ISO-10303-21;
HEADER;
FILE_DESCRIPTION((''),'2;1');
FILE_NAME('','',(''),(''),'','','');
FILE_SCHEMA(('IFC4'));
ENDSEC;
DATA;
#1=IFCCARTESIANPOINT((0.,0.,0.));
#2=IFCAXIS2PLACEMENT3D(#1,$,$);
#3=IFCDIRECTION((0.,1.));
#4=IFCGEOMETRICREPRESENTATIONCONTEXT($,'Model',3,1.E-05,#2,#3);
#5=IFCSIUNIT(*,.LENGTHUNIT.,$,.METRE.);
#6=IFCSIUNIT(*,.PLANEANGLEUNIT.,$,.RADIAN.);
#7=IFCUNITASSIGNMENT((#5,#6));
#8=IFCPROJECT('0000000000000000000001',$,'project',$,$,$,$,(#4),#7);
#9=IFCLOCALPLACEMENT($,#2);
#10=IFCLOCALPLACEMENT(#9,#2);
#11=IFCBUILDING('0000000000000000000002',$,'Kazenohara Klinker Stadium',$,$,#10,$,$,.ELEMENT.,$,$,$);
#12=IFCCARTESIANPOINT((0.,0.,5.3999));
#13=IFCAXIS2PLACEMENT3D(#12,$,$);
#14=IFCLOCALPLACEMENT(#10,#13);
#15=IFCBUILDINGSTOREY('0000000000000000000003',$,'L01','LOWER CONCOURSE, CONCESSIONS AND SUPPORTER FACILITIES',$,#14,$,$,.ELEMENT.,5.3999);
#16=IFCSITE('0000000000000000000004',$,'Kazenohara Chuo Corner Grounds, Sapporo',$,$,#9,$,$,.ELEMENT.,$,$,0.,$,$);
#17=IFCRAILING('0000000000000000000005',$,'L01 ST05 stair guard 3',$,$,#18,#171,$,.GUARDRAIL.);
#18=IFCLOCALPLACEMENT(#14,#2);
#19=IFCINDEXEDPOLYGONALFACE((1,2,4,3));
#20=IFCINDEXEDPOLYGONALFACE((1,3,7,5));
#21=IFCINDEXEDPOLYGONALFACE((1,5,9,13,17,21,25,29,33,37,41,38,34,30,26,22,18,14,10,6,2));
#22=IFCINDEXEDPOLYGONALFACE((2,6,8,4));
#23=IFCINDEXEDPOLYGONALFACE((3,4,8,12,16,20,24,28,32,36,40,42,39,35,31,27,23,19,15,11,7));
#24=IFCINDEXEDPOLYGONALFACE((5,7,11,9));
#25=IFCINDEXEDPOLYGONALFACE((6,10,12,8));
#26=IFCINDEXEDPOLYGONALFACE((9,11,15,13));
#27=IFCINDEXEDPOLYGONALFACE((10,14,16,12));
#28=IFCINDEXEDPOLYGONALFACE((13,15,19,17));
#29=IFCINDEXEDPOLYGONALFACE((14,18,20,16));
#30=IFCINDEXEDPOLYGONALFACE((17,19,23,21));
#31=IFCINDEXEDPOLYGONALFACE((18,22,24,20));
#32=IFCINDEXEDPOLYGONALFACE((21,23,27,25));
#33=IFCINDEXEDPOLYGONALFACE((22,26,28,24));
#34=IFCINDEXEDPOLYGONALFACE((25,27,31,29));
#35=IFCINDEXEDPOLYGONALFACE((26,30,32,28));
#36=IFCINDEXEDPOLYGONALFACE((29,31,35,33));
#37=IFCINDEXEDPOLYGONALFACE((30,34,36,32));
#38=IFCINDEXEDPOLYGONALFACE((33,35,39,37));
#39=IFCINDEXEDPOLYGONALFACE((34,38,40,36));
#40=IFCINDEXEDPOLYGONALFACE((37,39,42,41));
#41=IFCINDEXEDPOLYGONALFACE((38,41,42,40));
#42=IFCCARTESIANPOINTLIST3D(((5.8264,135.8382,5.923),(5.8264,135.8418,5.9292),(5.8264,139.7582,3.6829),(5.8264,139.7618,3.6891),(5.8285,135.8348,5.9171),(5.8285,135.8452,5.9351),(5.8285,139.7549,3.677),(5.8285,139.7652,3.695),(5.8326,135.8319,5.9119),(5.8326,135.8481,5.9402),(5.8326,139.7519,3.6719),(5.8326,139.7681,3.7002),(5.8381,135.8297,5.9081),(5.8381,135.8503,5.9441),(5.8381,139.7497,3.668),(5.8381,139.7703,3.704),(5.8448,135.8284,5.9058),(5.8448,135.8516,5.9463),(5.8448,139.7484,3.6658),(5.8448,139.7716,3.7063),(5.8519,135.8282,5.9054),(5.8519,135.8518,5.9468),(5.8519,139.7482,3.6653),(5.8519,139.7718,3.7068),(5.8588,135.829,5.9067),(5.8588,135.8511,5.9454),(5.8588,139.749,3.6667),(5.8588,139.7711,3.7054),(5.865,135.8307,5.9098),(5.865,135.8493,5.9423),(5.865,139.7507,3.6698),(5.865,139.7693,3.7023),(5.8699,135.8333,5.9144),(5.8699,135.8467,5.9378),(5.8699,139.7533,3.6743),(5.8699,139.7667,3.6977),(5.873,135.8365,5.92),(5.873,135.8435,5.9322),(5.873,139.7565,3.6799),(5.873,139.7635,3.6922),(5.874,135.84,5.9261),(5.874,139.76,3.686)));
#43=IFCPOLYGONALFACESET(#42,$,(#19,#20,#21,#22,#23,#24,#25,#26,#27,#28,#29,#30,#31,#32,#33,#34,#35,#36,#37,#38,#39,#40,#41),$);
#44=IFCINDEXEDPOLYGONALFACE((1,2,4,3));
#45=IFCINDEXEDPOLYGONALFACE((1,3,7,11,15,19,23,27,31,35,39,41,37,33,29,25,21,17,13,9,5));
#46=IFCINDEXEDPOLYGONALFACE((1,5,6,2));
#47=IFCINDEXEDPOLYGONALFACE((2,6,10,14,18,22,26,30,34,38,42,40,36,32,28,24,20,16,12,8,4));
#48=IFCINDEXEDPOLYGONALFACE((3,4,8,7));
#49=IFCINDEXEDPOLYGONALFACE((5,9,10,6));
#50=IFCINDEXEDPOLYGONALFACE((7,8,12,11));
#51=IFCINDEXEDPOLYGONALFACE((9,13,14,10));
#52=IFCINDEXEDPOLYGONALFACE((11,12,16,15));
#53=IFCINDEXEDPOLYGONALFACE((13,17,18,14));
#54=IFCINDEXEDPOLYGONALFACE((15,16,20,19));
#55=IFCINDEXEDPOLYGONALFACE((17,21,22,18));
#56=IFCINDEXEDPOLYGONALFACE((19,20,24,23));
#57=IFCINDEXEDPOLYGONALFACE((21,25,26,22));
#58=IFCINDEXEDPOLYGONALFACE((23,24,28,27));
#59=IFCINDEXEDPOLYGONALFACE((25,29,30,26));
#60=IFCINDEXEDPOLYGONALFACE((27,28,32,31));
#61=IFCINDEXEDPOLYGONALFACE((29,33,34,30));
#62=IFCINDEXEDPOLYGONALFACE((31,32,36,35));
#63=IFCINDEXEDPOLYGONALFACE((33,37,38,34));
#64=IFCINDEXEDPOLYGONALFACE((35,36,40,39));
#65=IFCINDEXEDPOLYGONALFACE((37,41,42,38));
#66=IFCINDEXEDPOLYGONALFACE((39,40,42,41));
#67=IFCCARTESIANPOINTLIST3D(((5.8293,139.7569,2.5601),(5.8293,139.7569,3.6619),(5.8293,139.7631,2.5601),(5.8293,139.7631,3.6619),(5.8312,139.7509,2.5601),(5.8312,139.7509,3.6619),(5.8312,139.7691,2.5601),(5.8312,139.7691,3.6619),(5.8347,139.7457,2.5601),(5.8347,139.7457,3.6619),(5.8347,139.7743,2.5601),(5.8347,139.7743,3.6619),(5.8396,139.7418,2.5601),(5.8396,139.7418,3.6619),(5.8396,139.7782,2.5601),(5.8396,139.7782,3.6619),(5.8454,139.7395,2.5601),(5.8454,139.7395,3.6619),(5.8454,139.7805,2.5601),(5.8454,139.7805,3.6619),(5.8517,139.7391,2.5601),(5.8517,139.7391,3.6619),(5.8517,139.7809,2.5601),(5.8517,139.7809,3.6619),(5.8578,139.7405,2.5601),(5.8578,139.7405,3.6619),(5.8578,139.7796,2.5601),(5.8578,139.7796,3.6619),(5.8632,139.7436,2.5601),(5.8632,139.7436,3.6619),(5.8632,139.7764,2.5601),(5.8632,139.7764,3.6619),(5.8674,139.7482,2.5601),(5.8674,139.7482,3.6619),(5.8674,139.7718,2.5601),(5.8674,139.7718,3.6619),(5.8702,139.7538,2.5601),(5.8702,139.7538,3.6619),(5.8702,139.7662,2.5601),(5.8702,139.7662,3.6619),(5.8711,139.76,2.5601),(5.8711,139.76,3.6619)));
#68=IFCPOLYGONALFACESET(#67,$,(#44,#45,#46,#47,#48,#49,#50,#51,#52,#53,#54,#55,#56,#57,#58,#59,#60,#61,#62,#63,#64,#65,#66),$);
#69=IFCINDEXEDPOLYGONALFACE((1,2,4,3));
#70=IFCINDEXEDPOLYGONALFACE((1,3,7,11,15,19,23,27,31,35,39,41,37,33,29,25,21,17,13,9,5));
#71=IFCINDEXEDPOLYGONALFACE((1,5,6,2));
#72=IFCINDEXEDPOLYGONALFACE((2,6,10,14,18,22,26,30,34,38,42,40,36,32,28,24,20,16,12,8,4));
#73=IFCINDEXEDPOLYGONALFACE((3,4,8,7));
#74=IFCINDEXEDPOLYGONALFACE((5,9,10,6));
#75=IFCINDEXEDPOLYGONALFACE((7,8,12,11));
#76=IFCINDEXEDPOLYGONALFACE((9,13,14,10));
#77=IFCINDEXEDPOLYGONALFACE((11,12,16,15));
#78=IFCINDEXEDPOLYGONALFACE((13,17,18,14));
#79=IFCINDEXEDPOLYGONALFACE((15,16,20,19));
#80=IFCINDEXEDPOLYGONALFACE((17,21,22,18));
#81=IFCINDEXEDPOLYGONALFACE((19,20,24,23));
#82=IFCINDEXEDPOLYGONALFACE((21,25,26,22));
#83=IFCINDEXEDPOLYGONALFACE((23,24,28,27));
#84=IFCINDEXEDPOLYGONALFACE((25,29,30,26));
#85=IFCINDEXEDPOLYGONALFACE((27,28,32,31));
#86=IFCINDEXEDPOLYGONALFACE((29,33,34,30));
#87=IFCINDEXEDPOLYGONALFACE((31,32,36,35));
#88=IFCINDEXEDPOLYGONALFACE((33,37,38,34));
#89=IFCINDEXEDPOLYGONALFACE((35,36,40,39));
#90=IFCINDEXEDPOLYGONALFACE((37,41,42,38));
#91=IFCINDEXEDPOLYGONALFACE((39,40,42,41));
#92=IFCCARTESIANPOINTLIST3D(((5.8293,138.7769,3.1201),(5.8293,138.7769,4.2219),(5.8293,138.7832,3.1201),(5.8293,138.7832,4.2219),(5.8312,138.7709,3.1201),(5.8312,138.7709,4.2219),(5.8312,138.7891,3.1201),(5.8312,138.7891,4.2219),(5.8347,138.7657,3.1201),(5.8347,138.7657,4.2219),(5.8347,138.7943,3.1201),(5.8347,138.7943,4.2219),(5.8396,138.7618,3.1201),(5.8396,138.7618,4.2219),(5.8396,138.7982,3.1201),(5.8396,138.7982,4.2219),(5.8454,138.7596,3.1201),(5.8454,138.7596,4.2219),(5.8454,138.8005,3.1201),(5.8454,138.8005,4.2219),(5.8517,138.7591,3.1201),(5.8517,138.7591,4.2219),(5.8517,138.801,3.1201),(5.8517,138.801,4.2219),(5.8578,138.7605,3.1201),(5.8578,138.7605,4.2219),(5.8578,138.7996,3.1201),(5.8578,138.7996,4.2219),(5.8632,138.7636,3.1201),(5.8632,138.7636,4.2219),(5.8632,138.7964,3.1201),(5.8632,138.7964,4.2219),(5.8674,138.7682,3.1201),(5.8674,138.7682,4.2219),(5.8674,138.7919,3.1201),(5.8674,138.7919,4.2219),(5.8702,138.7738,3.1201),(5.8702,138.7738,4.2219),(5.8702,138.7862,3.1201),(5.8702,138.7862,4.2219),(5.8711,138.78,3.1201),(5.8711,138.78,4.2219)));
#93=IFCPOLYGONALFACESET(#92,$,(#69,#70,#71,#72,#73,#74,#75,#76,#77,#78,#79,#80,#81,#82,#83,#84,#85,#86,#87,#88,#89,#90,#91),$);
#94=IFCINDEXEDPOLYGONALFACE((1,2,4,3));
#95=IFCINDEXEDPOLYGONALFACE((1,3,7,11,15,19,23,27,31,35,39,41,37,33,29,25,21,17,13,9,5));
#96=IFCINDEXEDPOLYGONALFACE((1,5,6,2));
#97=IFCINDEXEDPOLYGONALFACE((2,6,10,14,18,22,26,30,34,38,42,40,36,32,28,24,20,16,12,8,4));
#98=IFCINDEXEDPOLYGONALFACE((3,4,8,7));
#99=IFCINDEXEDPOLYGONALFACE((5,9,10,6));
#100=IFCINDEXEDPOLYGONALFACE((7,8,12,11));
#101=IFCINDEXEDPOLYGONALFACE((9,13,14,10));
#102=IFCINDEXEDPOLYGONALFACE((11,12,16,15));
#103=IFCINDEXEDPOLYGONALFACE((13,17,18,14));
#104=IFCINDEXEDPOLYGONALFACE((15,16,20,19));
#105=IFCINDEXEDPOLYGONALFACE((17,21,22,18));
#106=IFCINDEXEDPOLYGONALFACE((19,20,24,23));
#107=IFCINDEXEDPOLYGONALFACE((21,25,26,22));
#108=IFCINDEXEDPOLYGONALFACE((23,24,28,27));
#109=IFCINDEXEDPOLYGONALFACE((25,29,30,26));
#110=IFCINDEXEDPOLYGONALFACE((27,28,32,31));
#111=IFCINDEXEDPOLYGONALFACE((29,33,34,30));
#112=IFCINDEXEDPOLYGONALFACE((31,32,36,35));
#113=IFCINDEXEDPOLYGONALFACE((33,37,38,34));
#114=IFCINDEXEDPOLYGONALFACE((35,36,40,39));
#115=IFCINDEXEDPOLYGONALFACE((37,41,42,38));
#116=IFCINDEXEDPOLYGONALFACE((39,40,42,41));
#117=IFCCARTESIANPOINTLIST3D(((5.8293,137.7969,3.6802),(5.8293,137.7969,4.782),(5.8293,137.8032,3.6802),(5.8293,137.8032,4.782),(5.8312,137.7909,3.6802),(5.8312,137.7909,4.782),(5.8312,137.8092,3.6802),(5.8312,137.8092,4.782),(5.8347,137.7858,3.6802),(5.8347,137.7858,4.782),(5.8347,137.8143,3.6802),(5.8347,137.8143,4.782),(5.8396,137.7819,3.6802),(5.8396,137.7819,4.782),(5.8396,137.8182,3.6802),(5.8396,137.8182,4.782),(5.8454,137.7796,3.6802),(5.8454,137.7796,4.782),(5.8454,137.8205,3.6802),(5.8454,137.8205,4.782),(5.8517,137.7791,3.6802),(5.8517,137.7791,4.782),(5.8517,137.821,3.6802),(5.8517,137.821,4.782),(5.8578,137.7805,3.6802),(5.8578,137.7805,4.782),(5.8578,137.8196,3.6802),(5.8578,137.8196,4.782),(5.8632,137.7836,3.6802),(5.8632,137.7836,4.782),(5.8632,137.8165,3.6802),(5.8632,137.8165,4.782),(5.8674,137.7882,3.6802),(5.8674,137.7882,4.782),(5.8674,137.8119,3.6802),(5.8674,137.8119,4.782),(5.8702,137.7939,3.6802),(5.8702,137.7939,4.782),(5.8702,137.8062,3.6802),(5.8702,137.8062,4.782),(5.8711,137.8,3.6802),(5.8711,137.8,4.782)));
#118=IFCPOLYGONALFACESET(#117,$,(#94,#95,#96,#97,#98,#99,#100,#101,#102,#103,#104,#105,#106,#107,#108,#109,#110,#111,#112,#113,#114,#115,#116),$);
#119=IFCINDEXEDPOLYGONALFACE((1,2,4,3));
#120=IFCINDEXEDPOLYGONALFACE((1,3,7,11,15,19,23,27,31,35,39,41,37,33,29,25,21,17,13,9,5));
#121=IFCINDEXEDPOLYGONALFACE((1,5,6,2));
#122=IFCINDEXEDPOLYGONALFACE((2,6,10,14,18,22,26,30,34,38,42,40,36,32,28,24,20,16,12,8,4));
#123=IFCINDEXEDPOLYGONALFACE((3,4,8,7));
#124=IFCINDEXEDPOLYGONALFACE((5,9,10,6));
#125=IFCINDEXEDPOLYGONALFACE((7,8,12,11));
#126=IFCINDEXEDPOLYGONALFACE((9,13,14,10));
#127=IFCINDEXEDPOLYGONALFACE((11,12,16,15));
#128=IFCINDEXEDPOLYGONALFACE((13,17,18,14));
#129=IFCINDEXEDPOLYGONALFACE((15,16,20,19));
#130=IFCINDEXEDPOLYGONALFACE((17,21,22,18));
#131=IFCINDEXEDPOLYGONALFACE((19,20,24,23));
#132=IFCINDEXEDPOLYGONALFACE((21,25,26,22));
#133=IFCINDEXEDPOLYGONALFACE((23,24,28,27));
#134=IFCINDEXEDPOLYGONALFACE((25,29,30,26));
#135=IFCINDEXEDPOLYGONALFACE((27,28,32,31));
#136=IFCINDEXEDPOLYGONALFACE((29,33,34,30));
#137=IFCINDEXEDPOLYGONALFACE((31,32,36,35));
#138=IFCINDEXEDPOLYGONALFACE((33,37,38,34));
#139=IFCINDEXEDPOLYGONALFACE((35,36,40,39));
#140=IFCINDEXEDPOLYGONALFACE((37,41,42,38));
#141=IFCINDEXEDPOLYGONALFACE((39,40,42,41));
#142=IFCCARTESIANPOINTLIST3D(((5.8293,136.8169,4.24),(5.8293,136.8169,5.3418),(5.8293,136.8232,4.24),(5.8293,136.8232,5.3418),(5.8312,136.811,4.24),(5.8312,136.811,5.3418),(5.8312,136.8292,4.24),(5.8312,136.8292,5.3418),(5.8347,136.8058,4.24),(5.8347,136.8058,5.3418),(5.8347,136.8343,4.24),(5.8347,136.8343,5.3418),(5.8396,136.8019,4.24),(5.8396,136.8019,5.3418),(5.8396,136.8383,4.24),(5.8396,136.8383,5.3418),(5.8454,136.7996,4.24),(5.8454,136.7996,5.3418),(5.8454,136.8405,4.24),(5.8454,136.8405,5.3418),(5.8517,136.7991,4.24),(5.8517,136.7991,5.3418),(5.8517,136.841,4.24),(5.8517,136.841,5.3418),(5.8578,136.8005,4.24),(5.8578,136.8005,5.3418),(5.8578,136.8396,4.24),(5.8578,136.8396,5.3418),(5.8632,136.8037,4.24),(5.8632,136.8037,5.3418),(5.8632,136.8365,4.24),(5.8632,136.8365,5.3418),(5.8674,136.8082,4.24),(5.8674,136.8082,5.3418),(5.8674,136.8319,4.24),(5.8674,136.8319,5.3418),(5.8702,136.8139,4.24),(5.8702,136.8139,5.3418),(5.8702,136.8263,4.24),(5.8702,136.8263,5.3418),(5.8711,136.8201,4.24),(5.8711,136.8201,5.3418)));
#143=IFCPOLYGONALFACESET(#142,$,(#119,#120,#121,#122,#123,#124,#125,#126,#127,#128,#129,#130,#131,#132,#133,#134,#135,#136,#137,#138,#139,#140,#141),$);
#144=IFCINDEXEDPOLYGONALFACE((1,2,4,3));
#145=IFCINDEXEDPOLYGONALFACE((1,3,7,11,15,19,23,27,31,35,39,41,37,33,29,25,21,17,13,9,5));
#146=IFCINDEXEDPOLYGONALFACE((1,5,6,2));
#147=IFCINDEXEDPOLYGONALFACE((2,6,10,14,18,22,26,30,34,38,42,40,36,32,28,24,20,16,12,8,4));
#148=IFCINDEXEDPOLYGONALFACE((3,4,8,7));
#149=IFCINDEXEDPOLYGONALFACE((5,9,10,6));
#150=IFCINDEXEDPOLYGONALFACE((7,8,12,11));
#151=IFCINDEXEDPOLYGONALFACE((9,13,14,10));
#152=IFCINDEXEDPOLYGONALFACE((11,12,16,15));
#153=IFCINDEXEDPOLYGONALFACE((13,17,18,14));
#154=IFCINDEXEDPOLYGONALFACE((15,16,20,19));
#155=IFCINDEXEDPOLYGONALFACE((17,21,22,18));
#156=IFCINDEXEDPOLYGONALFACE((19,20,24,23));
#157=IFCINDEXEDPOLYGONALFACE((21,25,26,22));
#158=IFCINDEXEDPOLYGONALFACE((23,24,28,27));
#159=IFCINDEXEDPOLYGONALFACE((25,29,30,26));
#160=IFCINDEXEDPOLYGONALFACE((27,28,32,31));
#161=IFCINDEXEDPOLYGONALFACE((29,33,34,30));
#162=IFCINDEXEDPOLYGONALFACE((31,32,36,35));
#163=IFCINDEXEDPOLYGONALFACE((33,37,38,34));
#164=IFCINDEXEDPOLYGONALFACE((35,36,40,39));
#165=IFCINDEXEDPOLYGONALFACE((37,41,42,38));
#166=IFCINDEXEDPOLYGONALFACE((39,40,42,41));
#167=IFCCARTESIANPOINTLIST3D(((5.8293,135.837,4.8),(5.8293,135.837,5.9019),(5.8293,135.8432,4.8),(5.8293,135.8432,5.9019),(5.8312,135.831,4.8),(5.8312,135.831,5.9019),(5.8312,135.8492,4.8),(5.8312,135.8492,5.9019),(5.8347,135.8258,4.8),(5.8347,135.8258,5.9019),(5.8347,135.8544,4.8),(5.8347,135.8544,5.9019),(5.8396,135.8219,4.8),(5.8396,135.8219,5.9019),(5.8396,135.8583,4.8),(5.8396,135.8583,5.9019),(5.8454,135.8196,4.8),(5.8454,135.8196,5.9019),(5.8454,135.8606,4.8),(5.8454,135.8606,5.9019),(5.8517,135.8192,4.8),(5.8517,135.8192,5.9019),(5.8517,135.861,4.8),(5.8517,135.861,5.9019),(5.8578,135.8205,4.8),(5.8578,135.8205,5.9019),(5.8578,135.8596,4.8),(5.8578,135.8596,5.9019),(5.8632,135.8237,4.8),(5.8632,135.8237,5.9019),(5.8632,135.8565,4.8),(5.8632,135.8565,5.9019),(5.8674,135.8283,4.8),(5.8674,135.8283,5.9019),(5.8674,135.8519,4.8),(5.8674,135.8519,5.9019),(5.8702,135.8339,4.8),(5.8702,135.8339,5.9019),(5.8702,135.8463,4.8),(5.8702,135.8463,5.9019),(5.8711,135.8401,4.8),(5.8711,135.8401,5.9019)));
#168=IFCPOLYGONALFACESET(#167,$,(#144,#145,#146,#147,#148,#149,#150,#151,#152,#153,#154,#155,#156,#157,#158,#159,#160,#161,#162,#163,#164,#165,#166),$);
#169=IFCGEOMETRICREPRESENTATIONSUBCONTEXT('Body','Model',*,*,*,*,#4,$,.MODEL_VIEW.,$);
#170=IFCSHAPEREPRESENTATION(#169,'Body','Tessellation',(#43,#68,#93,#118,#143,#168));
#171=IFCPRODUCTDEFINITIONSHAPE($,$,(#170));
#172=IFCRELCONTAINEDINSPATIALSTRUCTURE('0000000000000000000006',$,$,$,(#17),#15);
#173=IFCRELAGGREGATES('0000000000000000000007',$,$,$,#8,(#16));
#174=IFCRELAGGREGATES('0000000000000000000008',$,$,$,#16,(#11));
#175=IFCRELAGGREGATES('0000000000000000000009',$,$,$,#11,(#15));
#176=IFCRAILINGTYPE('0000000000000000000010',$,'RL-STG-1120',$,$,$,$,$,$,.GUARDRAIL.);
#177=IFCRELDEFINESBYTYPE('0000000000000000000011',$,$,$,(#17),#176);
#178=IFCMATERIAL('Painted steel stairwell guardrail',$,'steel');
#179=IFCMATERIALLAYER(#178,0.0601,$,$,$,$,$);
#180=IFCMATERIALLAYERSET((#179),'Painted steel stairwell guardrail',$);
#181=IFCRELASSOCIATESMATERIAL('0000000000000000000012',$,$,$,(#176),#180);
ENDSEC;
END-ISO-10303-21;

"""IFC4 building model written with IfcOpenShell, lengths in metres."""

from ifc_helpers import new_model, si_unit, direction, frame, origin, origin_2d, place, context, subcontext, project, spatial, circle, extrude, material, layer, layer_set, type_object, element, save


model = new_model("IFC4")

# Units and contexts
model_context = context("Model", 3, precision=1e-05, world=origin(), true_north=direction((0.0, 1.0)))
body_context = subcontext(model_context, "Body", "Model", "MODEL_VIEW")
ifc_project = project(units=[si_unit("LENGTHUNIT", "METRE"), si_unit("PLANEANGLEUNIT", "RADIAN")], contexts=[model_context])

# Site, building, storey
site_placement = place(None, origin())
site = spatial("IfcSite", under=ifc_project, at=site_placement, Name="Kazenohara Chuo Corner Grounds, Sapporo", CompositionType="ELEMENT", RefElevation=0.0)
building_placement = place(site_placement, origin())
building = spatial("IfcBuilding", under=site, at=building_placement, Name="Kazenohara Klinker Stadium", CompositionType="ELEMENT")
storey_placement = place(building_placement, frame((0.0, 0.0, 5.3999)))
storey = spatial("IfcBuildingStorey", under=building, at=storey_placement, Name="L01", Description="LOWER CONCOURSE, CONCESSIONS AND SUPPORTER FACILITIES", CompositionType="ELEMENT", Elevation=5.3999)

# Railing
ifc_material_1 = material(Name="Painted steel stairwell guardrail", Category="steel")
ifc_layer_1 = layer(ifc_material_1, 0.0601)
ifc_layer_set_1 = layer_set([ifc_layer_1], Name="Painted steel stairwell guardrail")
railing_type_1 = type_object("IfcRailingType", Name="RL-STG-1120", PredefinedType="GUARDRAIL", material=ifc_layer_set_1)
railing_1_placement = place(storey_placement, frame((5.8501, 139.76, 2.5601)))
element("IfcRailing", 1, at=railing_1_placement, inside=storey, type_object=railing_type_1, Name="L01 ST05 stair guard 3", PredefinedType="GUARDRAIL", context=body_context, shape_type="SweptSolid", body=[
    extrude(circle(Radius=0.0239, at=origin_2d()), frame((0.0, 0.0, 1.126), z_axis=(0.0, -0.86824, 0.496145), x_axis=(1.0, 0.0, 0.0)), (0.0, 0.0, 1.0), 4.5149),
    extrude(circle(Radius=0.021, at=origin_2d()), origin(), (0.0, 0.0, 1.0), 1.1018),
    extrude(circle(Radius=0.021, at=origin_2d()), frame((0.0, -0.98, 0.5601)), (0.0, 0.0, 1.0), 1.1018),
    extrude(circle(Radius=0.021, at=origin_2d()), frame((0.0, -1.96, 1.1201)), (0.0, 0.0, 1.0), 1.1018),
    extrude(circle(Radius=0.021, at=origin_2d()), frame((0.0, -2.9399, 1.6799)), (0.0, 0.0, 1.0), 1.1018),
    extrude(circle(Radius=0.021, at=origin_2d()), frame((0.0, -3.9199, 2.24)), (0.0, 0.0, 1.0), 1.1018),
])

save(model, "model.ifc")
